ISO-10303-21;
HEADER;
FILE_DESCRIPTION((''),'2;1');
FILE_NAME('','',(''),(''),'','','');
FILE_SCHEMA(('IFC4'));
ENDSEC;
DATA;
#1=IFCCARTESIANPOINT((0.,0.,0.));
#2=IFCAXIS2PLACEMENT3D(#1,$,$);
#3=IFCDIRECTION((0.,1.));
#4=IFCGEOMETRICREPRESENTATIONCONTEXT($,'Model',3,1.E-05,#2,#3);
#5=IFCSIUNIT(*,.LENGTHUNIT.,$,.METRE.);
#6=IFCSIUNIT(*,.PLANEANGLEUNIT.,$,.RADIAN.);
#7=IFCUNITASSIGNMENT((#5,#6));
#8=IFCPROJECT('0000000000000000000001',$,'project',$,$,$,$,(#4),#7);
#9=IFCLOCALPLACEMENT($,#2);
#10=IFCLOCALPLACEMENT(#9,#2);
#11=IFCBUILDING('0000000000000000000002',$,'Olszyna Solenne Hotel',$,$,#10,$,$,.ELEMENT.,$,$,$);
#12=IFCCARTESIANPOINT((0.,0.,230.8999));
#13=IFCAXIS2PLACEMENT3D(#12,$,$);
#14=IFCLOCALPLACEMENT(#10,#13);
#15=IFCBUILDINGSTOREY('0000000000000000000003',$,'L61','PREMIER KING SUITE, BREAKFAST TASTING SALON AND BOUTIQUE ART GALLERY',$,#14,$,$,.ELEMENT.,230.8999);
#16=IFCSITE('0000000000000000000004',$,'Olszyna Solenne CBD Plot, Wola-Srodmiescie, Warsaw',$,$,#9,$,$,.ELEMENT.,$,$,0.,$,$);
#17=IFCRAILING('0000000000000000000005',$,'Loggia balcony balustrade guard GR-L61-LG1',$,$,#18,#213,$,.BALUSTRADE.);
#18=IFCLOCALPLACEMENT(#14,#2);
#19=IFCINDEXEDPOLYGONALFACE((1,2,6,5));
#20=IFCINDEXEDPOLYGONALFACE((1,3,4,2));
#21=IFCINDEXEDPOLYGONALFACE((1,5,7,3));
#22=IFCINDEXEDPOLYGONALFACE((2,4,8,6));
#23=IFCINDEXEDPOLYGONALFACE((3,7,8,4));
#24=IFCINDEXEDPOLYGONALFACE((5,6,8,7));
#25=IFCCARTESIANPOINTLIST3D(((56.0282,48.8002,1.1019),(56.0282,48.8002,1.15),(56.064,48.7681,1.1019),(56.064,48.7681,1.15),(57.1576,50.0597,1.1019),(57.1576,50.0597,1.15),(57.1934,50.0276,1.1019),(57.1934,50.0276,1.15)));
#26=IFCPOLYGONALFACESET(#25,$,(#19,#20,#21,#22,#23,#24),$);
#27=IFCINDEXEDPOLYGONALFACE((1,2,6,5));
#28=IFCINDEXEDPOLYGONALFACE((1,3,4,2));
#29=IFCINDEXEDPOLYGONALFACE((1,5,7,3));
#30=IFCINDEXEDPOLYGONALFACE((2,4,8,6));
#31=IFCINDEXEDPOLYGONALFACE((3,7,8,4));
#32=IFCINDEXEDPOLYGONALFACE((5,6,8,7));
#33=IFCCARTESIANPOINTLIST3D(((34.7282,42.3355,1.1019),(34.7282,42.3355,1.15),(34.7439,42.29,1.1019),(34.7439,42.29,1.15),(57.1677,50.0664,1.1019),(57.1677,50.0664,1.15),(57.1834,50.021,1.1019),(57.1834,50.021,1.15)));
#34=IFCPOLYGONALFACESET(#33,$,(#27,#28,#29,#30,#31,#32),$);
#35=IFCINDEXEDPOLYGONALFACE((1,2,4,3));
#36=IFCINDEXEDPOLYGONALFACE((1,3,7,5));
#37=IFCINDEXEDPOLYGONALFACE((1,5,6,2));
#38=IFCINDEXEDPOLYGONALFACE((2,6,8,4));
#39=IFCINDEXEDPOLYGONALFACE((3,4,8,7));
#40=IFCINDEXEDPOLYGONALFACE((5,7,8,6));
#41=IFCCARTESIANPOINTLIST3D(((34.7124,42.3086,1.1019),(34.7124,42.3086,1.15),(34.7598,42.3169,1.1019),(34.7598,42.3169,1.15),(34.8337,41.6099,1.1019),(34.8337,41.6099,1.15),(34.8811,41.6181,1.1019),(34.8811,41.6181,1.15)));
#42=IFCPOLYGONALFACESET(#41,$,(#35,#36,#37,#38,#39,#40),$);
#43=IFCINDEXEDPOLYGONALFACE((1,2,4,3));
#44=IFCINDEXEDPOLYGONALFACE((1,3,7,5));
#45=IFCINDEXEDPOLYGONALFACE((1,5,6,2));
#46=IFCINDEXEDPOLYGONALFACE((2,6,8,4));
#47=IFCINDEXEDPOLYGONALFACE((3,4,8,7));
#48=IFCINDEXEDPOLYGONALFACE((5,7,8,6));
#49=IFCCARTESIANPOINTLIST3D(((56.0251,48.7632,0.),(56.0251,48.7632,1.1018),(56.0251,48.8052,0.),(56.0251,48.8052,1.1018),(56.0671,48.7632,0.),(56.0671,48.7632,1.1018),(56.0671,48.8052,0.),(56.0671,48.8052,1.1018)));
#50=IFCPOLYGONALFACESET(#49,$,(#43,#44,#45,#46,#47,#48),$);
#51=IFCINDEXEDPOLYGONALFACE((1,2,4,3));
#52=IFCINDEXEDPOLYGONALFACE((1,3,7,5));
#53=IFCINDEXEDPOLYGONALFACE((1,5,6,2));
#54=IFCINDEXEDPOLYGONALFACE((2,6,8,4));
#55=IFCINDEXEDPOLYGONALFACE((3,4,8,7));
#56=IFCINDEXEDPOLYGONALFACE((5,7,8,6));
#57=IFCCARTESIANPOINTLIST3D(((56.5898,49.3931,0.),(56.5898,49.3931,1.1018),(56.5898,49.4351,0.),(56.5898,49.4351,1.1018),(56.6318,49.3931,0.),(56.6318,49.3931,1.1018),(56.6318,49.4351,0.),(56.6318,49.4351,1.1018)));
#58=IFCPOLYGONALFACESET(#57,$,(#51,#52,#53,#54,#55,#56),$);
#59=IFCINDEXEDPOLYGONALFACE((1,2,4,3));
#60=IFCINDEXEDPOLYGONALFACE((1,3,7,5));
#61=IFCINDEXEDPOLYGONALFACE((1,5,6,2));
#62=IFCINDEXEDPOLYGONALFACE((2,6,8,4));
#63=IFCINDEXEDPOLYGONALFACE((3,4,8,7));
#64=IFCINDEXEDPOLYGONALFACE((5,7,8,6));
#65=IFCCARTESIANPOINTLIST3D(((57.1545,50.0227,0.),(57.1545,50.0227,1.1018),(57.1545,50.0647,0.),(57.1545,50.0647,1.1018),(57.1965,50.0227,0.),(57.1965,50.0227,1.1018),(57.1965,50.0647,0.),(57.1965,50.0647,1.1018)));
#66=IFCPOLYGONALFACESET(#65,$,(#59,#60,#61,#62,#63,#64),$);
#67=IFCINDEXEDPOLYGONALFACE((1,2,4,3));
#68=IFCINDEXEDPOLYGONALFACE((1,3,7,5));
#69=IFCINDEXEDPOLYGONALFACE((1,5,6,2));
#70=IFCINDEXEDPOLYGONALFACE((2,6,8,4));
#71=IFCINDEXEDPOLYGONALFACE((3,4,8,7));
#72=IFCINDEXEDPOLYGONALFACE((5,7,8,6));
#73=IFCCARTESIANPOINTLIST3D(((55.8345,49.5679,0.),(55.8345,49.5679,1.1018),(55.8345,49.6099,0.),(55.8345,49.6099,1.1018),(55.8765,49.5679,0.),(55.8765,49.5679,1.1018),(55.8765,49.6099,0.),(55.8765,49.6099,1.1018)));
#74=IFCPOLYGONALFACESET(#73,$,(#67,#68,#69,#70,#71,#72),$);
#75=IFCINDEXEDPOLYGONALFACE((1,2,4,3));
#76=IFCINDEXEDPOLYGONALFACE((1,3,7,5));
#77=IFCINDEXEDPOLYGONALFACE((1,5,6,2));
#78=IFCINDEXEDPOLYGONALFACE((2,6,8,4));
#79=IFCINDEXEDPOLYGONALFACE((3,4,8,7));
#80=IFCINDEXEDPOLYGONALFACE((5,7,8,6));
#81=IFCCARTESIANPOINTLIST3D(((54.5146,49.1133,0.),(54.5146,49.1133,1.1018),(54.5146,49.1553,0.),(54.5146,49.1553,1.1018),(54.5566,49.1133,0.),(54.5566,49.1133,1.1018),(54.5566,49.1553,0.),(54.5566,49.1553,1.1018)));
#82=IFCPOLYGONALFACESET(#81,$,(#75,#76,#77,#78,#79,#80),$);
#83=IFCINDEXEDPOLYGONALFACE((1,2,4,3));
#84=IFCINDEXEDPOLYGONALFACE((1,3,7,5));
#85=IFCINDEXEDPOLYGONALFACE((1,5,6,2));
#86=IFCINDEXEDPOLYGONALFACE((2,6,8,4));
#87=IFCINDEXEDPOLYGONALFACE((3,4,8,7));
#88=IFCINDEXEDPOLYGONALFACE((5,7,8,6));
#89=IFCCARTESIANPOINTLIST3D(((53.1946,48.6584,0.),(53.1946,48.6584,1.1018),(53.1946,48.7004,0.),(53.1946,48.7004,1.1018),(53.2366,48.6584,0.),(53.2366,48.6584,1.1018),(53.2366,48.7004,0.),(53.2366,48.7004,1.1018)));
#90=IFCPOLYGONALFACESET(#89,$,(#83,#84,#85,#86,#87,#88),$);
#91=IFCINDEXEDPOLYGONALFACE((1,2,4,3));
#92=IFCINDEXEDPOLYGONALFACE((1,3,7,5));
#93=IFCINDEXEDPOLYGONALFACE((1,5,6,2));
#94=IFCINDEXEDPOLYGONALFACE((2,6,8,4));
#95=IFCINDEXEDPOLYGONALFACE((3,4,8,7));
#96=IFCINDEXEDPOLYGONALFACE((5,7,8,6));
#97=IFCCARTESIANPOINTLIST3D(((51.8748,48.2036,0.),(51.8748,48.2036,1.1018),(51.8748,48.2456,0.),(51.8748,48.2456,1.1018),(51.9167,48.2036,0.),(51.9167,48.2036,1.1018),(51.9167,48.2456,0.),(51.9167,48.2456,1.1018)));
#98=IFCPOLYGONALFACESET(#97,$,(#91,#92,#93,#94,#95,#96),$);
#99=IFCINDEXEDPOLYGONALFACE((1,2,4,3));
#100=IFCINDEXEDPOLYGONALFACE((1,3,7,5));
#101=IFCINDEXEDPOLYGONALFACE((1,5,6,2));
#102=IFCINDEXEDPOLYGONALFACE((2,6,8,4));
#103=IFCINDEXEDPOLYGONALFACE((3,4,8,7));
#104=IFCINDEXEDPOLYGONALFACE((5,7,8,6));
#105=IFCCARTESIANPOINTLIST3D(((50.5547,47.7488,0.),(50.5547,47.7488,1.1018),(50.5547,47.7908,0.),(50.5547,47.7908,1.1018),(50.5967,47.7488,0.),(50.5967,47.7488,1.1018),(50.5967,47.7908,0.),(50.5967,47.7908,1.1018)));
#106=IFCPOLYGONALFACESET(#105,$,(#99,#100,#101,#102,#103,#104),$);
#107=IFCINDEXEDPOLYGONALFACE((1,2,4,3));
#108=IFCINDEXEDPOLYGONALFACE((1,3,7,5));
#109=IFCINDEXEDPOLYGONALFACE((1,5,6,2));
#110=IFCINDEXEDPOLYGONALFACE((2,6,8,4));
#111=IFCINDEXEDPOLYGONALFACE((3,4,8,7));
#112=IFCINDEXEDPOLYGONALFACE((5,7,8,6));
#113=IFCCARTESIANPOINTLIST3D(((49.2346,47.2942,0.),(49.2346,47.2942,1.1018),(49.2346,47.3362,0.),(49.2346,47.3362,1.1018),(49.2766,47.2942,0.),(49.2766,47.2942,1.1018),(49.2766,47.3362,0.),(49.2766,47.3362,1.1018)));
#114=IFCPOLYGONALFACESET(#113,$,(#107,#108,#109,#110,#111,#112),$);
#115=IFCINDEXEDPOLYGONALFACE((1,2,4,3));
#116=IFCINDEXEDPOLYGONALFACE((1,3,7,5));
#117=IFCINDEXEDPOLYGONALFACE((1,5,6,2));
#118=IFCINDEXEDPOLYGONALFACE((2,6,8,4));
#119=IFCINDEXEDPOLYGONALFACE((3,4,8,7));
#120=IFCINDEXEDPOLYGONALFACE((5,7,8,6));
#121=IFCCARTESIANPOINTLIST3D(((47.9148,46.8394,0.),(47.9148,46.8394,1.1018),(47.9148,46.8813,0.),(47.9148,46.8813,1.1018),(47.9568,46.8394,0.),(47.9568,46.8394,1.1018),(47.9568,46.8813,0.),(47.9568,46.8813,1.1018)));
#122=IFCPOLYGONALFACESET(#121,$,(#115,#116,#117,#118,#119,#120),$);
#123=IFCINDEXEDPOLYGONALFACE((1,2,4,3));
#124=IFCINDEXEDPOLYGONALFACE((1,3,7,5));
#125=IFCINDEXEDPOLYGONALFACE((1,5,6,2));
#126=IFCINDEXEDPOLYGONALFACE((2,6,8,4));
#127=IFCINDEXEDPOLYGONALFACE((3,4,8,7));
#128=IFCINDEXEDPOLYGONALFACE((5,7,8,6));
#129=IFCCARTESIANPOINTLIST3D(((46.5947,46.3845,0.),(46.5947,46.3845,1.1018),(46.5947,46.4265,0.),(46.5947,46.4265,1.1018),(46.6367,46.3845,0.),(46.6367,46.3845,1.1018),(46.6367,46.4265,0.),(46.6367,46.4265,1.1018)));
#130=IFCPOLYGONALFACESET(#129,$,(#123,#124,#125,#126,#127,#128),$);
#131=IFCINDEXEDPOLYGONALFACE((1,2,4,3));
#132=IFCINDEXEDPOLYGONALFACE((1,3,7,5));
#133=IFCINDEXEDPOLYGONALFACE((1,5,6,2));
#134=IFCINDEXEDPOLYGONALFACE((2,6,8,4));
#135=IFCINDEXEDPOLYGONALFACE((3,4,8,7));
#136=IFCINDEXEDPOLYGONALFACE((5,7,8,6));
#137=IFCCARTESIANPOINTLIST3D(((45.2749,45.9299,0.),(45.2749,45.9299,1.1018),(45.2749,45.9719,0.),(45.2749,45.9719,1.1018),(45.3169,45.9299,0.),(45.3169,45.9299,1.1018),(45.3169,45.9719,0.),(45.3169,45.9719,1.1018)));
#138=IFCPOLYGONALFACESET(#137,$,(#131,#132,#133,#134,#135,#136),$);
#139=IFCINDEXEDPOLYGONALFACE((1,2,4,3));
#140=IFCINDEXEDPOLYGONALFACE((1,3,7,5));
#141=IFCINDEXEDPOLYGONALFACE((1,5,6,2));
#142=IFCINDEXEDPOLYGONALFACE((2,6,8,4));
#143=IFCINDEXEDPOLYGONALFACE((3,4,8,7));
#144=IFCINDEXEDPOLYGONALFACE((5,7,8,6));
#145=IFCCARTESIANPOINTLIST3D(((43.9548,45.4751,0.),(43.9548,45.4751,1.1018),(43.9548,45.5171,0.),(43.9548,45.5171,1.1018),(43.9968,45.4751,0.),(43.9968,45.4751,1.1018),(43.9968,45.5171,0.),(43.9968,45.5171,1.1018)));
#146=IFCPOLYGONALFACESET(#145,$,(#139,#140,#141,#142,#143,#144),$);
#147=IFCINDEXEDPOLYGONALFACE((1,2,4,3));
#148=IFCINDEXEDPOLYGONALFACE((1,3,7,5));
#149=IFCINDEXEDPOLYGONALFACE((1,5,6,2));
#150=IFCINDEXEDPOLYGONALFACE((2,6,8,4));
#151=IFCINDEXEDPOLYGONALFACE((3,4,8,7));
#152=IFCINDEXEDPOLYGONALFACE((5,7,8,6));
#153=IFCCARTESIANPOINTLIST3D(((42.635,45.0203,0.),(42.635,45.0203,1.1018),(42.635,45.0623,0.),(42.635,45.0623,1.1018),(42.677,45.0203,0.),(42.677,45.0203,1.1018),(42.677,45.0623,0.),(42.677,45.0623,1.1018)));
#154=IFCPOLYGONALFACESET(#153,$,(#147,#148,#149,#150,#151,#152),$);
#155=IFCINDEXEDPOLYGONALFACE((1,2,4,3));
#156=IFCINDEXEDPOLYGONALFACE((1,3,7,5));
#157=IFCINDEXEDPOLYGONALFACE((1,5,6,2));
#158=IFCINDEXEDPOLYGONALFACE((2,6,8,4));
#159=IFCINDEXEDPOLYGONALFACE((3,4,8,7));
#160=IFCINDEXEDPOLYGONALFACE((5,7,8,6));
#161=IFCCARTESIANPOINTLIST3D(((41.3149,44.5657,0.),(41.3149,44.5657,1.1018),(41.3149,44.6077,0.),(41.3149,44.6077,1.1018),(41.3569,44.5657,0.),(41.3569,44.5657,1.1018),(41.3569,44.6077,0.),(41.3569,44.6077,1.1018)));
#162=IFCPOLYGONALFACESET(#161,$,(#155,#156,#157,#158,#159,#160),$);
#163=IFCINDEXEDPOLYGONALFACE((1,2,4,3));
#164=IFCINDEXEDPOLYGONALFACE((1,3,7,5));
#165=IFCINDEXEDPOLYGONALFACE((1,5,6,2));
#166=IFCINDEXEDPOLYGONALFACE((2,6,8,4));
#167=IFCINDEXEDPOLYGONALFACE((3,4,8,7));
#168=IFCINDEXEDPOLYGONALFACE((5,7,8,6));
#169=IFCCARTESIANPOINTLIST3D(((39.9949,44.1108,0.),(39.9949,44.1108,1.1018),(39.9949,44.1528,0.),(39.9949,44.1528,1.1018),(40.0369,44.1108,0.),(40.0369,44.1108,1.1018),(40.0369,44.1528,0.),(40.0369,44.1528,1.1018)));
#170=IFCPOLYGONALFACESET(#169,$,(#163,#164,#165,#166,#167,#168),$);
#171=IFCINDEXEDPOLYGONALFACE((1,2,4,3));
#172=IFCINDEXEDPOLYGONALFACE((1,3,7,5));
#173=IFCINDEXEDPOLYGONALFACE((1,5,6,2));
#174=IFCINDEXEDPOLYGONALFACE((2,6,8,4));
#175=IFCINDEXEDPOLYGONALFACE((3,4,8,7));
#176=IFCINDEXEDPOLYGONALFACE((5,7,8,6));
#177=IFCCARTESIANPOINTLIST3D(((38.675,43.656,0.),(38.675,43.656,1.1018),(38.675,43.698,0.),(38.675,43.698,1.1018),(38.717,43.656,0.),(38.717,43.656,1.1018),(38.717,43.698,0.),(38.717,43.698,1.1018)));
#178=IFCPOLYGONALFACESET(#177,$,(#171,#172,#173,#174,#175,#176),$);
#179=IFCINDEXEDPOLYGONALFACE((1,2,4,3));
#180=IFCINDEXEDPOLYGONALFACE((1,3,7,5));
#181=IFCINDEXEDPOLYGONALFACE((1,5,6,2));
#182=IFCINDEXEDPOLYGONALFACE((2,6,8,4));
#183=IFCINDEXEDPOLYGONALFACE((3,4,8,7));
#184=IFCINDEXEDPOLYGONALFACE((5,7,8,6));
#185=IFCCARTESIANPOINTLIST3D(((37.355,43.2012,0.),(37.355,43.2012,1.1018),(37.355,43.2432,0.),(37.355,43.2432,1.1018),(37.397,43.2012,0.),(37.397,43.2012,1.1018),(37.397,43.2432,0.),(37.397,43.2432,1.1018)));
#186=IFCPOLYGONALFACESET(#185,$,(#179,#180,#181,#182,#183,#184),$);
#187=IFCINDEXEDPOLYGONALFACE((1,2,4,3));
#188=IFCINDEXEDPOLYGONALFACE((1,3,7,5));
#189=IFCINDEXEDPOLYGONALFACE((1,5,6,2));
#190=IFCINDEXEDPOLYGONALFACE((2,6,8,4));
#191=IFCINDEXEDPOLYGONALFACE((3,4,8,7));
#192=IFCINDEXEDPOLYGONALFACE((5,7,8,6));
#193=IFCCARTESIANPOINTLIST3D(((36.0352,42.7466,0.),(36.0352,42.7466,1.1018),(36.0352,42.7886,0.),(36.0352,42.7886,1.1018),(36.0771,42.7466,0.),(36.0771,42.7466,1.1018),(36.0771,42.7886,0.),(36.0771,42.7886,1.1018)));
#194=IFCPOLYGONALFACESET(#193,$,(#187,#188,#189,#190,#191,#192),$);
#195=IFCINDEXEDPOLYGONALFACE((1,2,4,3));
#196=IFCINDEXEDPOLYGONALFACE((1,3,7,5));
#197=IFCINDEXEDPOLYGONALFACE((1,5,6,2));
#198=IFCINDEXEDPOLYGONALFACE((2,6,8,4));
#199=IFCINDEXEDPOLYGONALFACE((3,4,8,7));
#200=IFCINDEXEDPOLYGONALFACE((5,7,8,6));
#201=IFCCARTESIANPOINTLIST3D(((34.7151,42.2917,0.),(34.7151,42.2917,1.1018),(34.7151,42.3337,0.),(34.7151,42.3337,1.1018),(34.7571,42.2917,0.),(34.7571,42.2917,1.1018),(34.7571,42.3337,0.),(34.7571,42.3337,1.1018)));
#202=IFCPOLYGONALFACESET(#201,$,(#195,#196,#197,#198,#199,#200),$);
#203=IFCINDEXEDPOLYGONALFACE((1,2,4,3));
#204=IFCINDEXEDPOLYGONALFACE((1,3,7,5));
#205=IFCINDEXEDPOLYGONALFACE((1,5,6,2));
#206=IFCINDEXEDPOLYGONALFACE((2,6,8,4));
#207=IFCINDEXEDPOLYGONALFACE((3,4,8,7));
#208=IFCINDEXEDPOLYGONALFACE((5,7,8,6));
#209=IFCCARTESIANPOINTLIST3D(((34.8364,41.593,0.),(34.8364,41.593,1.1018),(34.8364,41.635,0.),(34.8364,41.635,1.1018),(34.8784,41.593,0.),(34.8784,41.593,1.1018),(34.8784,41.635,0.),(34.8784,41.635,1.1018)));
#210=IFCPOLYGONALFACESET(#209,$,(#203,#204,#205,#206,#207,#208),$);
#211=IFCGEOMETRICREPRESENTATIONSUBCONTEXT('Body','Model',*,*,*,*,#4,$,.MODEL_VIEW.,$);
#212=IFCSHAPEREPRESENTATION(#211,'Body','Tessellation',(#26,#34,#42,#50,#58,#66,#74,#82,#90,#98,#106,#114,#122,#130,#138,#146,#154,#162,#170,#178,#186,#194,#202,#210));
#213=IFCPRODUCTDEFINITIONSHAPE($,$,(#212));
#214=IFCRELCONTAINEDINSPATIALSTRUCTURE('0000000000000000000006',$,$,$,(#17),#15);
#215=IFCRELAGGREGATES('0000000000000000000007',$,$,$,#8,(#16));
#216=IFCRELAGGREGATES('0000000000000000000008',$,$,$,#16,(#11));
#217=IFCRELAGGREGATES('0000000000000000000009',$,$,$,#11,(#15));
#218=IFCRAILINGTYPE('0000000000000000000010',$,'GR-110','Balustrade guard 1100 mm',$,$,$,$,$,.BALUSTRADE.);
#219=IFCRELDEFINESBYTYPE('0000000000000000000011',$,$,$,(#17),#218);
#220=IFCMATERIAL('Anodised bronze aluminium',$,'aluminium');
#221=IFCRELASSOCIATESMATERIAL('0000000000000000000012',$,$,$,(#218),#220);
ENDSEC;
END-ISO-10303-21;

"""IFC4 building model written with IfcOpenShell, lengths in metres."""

from ifc_helpers import new_model, si_unit, direction, frame, origin, origin_2d, place, context, subcontext, project, spatial, rectangle, extrude, material, type_object, element, save


model = new_model("IFC4")

# Units and contexts
model_context = context("Model", 3, precision=1e-05, world=origin(), true_north=direction((0.0, 1.0)))
body_context = subcontext(model_context, "Body", "Model", "MODEL_VIEW")
ifc_project = project(units=[si_unit("LENGTHUNIT", "METRE"), si_unit("PLANEANGLEUNIT", "RADIAN")], contexts=[model_context])

# Site, building, storey
site_placement = place(None, origin())
site = spatial("IfcSite", under=ifc_project, at=site_placement, Name="Olszyna Solenne CBD Plot, Wola-Srodmiescie, Warsaw", CompositionType="ELEMENT", RefElevation=0.0)
building_placement = place(site_placement, origin())
building = spatial("IfcBuilding", under=site, at=building_placement, Name="Olszyna Solenne Hotel", CompositionType="ELEMENT")
storey_placement = place(building_placement, frame((0.0, 0.0, 230.8999)))
storey = spatial("IfcBuildingStorey", under=building, at=storey_placement, Name="L61", Description="PREMIER KING SUITE, BREAKFAST TASTING SALON AND BOUTIQUE ART GALLERY", CompositionType="ELEMENT", Elevation=230.8999)

# Railing
ifc_material_1 = material(Name="Anodised bronze aluminium", Category="aluminium")
railing_type = type_object("IfcRailingType", Name="GR-110", Description="Balustrade guard 1100 mm", PredefinedType="BALUSTRADE", material=ifc_material_1)
railing_placement = place(storey_placement, frame((56.0461, 48.7842, 0.0)))
element("IfcRailing", 1, at=railing_placement, inside=storey, type_object=railing_type, Name="Loggia balcony balustrade guard GR-L61-LG1", PredefinedType="BALUSTRADE", context=body_context, shape_type="SweptSolid", body=[
    extrude(rectangle(XDim=0.0481, YDim=0.0481, at=origin_2d()), frame((0.0, 0.0, 1.126), z_axis=(0.6676, 0.74452, 0.0), x_axis=(-0.74452, 0.6676, 0.0)), (0.0, 0.0, 1.0), 1.6917),
    extrude(rectangle(XDim=0.0481, YDim=0.0481, at=origin_2d()), frame((1.1294, 1.2595, 1.126), z_axis=(-0.945461, -0.325735, 0.0), x_axis=(0.325735, -0.945461, 0.0)), (0.0, 0.0, 1.0), 23.7339),
    extrude(rectangle(XDim=0.0481, YDim=0.0481, at=origin_2d()), frame((-21.3101, -6.4714, 1.126), z_axis=(0.171094, -0.985255, 0.0), x_axis=(0.985255, 0.171094, 0.0)), (0.0, 0.0, 1.0), 0.7092),
    extrude(rectangle(XDim=0.042, YDim=0.042, at=origin_2d()), origin(), (0.0, 0.0, 1.0), 1.1018),
    extrude(rectangle(XDim=0.042, YDim=0.042, at=origin_2d()), frame((0.5647, 0.6299, 0.0)), (0.0, 0.0, 1.0), 1.1018),
    extrude(rectangle(XDim=0.042, YDim=0.042, at=origin_2d()), frame((1.1294, 1.2595, 0.0)), (0.0, 0.0, 1.0), 1.1018),
    extrude(rectangle(XDim=0.042, YDim=0.042, at=origin_2d()), frame((-0.1907, 0.8047, 0.0)), (0.0, 0.0, 1.0), 1.1018),
    extrude(rectangle(XDim=0.042, YDim=0.042, at=origin_2d()), frame((-1.5105, 0.3501, 0.0)), (0.0, 0.0, 1.0), 1.1018),
    extrude(rectangle(XDim=0.042, YDim=0.042, at=origin_2d()), frame((-2.8306, -0.1047, 0.0)), (0.0, 0.0, 1.0), 1.1018),
    extrude(rectangle(XDim=0.042, YDim=0.042, at=origin_2d()), frame((-4.1504, -0.5596, 0.0)), (0.0, 0.0, 1.0), 1.1018),
    extrude(rectangle(XDim=0.042, YDim=0.042, at=origin_2d()), frame((-5.4705, -1.0144, 0.0)), (0.0, 0.0, 1.0), 1.1018),
    extrude(rectangle(XDim=0.042, YDim=0.042, at=origin_2d()), frame((-6.7905, -1.469, 0.0)), (0.0, 0.0, 1.0), 1.1018),
    extrude(rectangle(XDim=0.042, YDim=0.042, at=origin_2d()), frame((-8.1104, -1.9238, 0.0)), (0.0, 0.0, 1.0), 1.1018),
    extrude(rectangle(XDim=0.042, YDim=0.042, at=origin_2d()), frame((-9.4304, -2.3787, 0.0)), (0.0, 0.0, 1.0), 1.1018),
    extrude(rectangle(XDim=0.042, YDim=0.042, at=origin_2d()), frame((-10.7502, -2.8333, 0.0)), (0.0, 0.0, 1.0), 1.1018),
    extrude(rectangle(XDim=0.042, YDim=0.042, at=origin_2d()), frame((-12.0703, -3.2881, 0.0)), (0.0, 0.0, 1.0), 1.1018),
    extrude(rectangle(XDim=0.042, YDim=0.042, at=origin_2d()), frame((-13.3901, -3.7429, 0.0)), (0.0, 0.0, 1.0), 1.1018),
    extrude(rectangle(XDim=0.042, YDim=0.042, at=origin_2d()), frame((-14.7102, -4.1975, 0.0)), (0.0, 0.0, 1.0), 1.1018),
    extrude(rectangle(XDim=0.042, YDim=0.042, at=origin_2d()), frame((-16.0303, -4.6523, 0.0)), (0.0, 0.0, 1.0), 1.1018),
    extrude(rectangle(XDim=0.042, YDim=0.042, at=origin_2d()), frame((-17.3501, -5.1072, 0.0)), (0.0, 0.0, 1.0), 1.1018),
    extrude(rectangle(XDim=0.042, YDim=0.042, at=origin_2d()), frame((-18.6702, -5.562, 0.0)), (0.0, 0.0, 1.0), 1.1018),
    extrude(rectangle(XDim=0.042, YDim=0.042, at=origin_2d()), frame((-19.99, -6.0166, 0.0)), (0.0, 0.0, 1.0), 1.1018),
    extrude(rectangle(XDim=0.042, YDim=0.042, at=origin_2d()), frame((-21.3101, -6.4714, 0.0)), (0.0, 0.0, 1.0), 1.1018),
    extrude(rectangle(XDim=0.042, YDim=0.042, at=origin_2d()), frame((-21.1887, -7.1702, 0.0)), (0.0, 0.0, 1.0), 1.1018),
])

save(model, "model.ifc")
